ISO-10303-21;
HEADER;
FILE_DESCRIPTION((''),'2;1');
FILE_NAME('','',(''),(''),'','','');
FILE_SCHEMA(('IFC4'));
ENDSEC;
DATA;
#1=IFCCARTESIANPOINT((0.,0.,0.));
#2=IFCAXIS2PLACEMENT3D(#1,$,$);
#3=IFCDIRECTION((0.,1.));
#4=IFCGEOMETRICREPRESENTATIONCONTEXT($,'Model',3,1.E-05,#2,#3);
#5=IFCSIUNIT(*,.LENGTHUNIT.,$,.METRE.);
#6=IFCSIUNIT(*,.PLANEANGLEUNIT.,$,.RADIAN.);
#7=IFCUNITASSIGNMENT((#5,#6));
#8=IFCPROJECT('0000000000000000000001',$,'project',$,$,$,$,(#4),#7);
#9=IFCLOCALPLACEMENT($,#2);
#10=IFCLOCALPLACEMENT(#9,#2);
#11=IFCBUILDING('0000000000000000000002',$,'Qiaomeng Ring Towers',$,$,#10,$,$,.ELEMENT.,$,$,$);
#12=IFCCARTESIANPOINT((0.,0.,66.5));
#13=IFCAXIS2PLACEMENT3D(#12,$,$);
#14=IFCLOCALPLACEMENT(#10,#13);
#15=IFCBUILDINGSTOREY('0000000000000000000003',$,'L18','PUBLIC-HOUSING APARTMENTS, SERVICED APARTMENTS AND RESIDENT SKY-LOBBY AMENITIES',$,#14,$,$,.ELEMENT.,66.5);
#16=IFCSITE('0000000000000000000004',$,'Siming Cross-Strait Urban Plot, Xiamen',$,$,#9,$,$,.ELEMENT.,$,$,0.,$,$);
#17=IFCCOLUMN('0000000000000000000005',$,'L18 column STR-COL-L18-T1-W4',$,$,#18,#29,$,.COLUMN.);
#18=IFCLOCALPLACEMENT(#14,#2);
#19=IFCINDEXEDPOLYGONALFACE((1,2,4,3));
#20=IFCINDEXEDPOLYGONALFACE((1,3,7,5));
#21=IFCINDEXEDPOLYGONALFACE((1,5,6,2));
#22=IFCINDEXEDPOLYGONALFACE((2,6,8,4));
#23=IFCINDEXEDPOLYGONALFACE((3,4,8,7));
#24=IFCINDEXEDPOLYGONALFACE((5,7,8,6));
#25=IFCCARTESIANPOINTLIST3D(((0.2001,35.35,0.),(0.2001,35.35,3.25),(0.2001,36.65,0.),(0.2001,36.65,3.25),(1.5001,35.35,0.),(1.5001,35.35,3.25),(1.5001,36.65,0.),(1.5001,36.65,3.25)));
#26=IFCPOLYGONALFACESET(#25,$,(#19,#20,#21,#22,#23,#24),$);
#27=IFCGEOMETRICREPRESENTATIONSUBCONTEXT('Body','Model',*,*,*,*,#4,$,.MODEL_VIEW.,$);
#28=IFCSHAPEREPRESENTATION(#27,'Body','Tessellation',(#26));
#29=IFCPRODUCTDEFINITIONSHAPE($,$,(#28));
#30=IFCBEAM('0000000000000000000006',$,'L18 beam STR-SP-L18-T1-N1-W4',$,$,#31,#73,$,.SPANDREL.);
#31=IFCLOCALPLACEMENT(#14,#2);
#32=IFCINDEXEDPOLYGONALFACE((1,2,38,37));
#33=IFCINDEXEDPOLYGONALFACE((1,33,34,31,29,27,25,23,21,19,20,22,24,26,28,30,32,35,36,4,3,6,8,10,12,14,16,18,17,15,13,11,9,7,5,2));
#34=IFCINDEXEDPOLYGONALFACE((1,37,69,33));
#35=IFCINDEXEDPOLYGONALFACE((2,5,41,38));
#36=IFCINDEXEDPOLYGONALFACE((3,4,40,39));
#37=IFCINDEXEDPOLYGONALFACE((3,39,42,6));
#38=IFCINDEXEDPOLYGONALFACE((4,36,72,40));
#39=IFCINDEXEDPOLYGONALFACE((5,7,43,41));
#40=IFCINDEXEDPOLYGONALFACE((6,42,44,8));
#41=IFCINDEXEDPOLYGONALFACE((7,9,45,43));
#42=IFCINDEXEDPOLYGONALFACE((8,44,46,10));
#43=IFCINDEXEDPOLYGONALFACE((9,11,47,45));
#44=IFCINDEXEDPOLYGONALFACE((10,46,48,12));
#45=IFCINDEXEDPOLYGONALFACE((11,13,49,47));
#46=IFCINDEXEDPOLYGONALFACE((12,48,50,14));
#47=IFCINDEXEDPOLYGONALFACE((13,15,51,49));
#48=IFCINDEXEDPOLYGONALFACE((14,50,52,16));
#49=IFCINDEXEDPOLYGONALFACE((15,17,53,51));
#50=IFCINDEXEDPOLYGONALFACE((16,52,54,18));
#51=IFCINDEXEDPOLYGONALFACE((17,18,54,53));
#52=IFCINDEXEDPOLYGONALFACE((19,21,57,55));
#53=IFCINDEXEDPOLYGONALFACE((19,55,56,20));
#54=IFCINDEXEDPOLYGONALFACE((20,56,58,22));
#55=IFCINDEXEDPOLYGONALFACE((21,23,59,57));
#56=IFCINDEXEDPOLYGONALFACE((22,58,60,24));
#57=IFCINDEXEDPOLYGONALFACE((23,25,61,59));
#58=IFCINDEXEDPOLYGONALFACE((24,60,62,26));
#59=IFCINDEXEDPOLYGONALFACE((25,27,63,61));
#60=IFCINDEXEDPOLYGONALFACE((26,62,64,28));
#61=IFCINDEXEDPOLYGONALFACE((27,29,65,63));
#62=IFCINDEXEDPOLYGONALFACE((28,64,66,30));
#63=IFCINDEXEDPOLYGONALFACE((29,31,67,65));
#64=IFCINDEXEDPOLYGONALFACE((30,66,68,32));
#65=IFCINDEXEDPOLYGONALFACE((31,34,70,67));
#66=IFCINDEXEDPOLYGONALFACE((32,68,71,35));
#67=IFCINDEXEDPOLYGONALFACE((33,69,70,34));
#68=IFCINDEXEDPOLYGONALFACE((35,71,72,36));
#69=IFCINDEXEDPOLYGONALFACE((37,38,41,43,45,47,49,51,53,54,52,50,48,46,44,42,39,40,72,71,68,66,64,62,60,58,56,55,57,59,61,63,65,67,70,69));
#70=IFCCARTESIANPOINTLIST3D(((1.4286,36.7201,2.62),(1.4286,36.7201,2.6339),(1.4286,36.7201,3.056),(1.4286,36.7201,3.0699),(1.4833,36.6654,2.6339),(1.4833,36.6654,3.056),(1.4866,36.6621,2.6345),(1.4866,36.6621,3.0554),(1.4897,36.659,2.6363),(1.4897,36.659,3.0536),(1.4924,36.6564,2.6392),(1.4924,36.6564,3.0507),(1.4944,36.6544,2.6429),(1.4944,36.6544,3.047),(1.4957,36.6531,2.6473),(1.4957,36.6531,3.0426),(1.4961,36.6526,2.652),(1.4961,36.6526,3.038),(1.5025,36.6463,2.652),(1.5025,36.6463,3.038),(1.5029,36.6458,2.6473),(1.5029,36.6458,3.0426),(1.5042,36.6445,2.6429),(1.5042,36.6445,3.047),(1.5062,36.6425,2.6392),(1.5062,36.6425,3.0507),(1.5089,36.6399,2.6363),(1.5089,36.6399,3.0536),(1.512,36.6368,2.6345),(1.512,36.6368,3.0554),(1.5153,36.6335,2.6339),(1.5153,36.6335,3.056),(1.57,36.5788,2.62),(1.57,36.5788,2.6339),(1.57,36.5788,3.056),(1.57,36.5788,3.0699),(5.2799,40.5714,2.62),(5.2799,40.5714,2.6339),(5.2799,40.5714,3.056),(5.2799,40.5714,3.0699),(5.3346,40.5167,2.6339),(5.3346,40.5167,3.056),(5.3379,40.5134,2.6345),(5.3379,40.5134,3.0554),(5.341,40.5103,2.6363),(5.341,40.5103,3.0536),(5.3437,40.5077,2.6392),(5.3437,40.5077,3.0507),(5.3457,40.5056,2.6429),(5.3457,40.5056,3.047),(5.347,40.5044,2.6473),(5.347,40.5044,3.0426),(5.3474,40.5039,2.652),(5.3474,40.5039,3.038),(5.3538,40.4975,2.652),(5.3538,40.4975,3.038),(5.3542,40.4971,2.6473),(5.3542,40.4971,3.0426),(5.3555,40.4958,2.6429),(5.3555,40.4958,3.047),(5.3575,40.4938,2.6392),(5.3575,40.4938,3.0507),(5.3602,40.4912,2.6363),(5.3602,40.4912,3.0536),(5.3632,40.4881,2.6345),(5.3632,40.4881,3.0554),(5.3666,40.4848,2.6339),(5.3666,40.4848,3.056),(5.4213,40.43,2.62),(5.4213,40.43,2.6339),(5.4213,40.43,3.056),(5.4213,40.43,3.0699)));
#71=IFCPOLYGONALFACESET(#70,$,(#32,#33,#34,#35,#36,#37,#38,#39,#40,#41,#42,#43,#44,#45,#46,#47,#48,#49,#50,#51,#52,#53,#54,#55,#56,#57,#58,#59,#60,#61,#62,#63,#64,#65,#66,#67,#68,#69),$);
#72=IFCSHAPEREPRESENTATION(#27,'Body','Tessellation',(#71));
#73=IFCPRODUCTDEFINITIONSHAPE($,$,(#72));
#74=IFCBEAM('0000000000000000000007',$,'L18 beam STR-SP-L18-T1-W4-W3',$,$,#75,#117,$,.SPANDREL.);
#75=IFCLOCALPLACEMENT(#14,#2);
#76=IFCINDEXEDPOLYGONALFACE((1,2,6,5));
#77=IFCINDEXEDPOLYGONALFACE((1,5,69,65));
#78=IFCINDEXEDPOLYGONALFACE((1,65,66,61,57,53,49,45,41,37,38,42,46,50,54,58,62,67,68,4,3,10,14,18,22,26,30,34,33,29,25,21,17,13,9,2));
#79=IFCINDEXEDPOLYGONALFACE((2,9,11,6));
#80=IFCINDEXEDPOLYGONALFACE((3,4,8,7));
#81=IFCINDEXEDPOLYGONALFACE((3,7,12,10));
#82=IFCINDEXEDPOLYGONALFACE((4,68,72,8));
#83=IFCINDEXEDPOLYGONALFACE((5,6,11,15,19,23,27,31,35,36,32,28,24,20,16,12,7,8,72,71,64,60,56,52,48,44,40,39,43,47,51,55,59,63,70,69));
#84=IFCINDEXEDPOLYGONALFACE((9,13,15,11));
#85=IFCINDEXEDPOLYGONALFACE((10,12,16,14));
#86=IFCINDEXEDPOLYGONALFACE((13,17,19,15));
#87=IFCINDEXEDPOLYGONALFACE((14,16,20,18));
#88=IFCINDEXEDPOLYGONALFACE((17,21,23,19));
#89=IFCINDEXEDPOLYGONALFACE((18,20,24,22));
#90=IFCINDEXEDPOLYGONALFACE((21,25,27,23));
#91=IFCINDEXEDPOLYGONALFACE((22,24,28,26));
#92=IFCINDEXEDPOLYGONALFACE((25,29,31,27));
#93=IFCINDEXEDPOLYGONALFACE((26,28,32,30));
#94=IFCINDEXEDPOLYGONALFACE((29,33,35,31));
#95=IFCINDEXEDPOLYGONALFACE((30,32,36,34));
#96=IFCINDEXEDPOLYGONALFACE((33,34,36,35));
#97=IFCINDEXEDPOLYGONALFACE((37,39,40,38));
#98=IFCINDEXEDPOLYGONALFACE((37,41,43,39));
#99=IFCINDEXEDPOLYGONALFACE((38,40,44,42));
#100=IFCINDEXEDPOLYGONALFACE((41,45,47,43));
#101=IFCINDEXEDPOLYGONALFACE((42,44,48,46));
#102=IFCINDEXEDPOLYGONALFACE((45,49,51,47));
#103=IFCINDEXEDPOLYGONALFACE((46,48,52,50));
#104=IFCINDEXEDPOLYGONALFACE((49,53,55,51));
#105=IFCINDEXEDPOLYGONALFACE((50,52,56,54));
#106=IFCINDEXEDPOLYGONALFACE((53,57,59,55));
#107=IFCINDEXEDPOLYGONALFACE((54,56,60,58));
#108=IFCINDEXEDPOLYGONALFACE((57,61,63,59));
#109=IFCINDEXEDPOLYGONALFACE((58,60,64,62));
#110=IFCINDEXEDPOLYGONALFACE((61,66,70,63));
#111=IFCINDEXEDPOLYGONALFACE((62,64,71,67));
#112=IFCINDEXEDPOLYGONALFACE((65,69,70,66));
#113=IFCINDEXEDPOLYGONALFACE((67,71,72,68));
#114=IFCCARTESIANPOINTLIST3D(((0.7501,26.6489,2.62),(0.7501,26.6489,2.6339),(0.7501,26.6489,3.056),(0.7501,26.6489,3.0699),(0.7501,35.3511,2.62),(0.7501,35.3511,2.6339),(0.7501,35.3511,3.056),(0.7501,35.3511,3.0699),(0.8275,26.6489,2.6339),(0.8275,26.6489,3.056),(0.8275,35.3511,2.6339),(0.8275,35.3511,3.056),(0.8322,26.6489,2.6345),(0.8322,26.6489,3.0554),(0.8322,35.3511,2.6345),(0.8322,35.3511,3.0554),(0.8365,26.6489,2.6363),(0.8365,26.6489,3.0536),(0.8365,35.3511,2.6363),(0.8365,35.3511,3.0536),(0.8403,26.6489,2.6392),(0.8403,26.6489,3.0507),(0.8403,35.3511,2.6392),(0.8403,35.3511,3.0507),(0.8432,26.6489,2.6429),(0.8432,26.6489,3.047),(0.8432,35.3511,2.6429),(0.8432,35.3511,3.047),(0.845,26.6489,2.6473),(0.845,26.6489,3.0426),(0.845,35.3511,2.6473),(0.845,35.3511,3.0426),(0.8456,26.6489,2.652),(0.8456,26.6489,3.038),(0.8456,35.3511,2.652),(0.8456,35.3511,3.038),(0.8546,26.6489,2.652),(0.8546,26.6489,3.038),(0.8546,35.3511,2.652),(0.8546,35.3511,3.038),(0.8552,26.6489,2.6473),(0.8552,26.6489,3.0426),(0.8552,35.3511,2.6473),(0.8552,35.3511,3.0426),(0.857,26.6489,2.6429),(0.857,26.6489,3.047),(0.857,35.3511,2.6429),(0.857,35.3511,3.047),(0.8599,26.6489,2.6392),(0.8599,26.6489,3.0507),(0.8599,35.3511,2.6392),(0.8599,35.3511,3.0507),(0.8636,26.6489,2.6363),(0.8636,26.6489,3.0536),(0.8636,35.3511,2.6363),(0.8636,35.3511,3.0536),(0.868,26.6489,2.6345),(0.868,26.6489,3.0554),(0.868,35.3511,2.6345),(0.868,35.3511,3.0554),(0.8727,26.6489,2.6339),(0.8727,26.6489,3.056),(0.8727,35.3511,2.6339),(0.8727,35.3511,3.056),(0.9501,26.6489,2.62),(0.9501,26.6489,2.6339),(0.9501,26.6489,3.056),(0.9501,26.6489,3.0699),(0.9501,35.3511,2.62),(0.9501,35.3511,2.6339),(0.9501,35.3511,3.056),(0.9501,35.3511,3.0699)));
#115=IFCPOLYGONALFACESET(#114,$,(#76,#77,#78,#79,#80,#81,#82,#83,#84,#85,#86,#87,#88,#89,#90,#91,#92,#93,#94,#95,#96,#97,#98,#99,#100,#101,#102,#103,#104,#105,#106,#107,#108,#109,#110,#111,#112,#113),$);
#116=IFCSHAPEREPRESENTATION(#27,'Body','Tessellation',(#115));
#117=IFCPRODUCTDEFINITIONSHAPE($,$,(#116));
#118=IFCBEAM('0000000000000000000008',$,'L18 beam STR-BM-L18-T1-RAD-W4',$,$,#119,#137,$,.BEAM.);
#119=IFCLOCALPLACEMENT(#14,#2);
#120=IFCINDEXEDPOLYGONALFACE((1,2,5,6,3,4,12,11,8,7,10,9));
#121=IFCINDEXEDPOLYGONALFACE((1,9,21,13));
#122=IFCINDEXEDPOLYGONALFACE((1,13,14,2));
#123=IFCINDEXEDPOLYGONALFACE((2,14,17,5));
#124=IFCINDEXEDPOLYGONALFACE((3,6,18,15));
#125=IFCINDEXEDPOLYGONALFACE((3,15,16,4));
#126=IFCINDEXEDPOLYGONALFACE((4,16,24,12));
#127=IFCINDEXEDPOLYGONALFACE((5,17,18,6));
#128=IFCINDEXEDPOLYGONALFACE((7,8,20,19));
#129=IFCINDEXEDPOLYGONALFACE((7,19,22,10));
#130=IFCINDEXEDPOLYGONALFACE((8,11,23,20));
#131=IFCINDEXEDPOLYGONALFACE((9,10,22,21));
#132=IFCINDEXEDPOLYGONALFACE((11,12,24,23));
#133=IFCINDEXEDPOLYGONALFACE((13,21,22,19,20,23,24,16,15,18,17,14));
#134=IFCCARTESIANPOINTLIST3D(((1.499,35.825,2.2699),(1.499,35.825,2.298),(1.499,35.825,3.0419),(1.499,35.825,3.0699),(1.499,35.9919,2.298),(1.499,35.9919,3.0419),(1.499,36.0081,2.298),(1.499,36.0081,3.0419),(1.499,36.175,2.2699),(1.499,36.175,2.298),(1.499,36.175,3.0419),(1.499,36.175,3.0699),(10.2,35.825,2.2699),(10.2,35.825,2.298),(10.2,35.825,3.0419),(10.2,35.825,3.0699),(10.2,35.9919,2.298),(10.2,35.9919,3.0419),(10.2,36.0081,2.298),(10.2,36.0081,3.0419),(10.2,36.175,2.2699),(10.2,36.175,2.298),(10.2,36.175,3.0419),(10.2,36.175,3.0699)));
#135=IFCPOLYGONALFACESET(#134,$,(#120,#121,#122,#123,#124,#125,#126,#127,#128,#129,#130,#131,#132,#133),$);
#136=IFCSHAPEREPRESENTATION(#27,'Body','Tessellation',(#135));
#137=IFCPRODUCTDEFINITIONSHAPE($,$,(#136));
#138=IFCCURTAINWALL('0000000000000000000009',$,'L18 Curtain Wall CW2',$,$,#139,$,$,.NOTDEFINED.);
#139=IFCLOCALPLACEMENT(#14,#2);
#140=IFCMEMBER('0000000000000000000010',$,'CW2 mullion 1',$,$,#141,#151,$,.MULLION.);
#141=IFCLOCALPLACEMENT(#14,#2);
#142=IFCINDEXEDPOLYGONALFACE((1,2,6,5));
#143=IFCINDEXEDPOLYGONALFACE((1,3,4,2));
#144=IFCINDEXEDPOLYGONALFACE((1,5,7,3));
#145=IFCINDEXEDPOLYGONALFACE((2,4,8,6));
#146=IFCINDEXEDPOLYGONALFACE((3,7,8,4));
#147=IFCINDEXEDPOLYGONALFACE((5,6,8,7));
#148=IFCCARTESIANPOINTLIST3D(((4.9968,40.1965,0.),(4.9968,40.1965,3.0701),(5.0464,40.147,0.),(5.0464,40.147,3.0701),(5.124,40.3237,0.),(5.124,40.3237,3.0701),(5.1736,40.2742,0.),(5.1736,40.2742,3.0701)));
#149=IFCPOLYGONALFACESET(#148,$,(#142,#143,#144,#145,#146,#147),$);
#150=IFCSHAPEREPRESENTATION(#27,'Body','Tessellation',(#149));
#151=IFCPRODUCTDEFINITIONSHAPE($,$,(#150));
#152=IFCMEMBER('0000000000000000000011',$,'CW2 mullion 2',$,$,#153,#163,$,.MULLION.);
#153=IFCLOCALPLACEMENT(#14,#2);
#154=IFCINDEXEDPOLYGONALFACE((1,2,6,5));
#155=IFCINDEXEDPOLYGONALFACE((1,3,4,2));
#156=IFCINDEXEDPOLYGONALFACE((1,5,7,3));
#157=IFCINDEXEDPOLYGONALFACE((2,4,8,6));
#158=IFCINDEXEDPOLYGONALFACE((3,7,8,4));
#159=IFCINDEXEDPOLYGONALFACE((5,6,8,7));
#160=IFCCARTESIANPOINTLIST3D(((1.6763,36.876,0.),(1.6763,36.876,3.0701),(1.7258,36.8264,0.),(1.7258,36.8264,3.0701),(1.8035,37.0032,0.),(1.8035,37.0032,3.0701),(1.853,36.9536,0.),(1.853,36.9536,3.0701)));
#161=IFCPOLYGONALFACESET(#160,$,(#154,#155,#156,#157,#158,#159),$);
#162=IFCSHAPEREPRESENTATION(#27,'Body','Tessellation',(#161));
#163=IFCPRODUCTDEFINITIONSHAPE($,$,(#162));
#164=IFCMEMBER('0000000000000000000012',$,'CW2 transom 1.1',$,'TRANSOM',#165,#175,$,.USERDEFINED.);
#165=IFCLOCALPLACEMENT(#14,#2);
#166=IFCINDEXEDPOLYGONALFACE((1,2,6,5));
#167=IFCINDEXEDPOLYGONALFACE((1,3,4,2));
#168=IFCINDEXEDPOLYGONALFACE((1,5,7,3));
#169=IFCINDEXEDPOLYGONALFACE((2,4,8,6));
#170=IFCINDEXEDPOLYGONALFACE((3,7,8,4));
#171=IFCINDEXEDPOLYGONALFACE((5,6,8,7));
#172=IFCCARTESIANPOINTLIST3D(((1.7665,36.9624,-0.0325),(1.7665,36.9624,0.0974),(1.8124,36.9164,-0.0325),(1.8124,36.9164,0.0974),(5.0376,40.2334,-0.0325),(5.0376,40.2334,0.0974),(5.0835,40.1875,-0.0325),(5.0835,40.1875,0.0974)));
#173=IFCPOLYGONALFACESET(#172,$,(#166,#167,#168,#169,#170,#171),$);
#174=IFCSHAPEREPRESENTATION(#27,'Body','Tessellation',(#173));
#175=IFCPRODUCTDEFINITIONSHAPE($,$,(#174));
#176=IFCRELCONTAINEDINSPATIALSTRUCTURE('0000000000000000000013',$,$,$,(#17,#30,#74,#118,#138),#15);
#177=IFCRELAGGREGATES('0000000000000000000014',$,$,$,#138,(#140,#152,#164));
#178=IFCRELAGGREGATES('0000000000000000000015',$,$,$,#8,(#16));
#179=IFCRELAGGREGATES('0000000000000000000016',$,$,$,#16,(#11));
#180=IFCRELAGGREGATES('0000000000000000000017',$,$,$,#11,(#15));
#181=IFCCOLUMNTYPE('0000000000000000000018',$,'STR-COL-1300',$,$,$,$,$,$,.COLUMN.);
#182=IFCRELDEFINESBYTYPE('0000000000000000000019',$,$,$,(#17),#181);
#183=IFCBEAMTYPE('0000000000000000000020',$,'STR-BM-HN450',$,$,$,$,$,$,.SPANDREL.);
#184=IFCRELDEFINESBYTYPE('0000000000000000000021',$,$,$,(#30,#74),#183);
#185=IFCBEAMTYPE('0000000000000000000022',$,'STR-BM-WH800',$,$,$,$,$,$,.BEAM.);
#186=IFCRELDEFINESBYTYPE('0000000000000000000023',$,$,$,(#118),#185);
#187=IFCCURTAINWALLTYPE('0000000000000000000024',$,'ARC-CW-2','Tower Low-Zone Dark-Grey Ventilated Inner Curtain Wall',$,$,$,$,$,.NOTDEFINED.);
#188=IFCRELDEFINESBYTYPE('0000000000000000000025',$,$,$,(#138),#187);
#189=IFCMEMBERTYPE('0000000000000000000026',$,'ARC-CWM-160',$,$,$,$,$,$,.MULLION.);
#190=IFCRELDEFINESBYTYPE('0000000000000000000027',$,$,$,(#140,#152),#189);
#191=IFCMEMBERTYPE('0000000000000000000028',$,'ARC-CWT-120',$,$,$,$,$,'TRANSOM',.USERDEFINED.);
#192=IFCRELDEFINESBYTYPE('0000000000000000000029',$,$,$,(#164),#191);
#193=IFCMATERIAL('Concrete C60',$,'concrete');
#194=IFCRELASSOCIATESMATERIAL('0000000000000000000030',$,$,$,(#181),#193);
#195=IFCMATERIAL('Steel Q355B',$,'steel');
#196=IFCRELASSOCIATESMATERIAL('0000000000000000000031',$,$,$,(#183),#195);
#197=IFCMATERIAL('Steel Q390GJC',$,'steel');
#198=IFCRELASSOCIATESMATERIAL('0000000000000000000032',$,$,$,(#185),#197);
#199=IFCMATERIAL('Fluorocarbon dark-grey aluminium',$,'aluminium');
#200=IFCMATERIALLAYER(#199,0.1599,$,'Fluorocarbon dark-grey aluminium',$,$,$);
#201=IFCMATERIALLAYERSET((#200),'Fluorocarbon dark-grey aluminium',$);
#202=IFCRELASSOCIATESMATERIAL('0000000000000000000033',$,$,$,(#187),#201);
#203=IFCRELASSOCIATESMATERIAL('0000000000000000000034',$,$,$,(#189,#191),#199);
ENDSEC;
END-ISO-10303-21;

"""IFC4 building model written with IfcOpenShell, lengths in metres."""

from ifc_helpers import new_model, si_unit, direction, frame, origin, origin_2d, place, context, subcontext, project, spatial, rectangle, i_section, extrude, source, transform, mapped, material, layer, layer_set, material_profile, profile_set, type_object, element, aggregate, save


model = new_model("IFC4")

# Units and contexts
model_context = context("Model", 3, precision=1e-05, world=origin(), true_north=direction((0.0, 1.0)))
body_context = subcontext(model_context, "Body", "Model", "MODEL_VIEW")
ifc_project = project(units=[si_unit("LENGTHUNIT", "METRE"), si_unit("PLANEANGLEUNIT", "RADIAN")], contexts=[model_context])

# Site, building, storey
site_placement = place(None, origin())
site = spatial("IfcSite", under=ifc_project, at=site_placement, Name="Siming Cross-Strait Urban Plot, Xiamen", CompositionType="ELEMENT", RefElevation=0.0)
building_placement = place(site_placement, origin())
building = spatial("IfcBuilding", under=site, at=building_placement, Name="Qiaomeng Ring Towers", CompositionType="ELEMENT")
storey_placement = place(building_placement, frame((0.0, 0.0, 66.5)))
storey = spatial("IfcBuildingStorey", under=building, at=storey_placement, Name="L18", Description="PUBLIC-HOUSING APARTMENTS, SERVICED APARTMENTS AND RESIDENT SKY-LOBBY AMENITIES", CompositionType="ELEMENT", Elevation=66.5)

# Column
ifc_material_1 = material(Name="Concrete C60", Category="concrete")
ifc_material_profile_1 = material_profile(ifc_material_1, rectangle(XDim=1.3, YDim=1.3, at=origin_2d()), Name="RC COL 1300x1300")
ifc_profile_set_1 = profile_set([ifc_material_profile_1], Name="Concrete C60")
column_type = type_object("IfcColumnType", Name="STR-COL-1300", PredefinedType="COLUMN", material=ifc_profile_set_1)
shared_shape_1 = source(origin(), body_context, "Body", "SweptSolid", [
    extrude(rectangle(XDim=1.3, YDim=1.3, at=origin_2d()), origin(), (0.0, 0.0, 1.0), 3.25),
])
column_placement = place(storey_placement, frame((0.8501, 36.0, 0.0), z_axis=(0.0, 0.0, 1.0), x_axis=(1.0, 0.0, 0.0)))
element("IfcColumn", 1, at=column_placement, inside=storey, type_object=column_type, Name="L18 column STR-COL-L18-T1-W4", PredefinedType="COLUMN", context=body_context, shape_type="MappedRepresentation", body=[
    mapped(shared_shape_1, transform((0.0, 0.0, 0.0), x_axis=(1.0, 0.0, 0.0), y_axis=(0.0, 1.0, 0.0), z_axis=(0.0, 0.0, 1.0), scale=1.0)),
])

# Beams
ifc_material_2 = material(Name="Steel Q355B", Category="steel")
ifc_material_profile_2 = material_profile(ifc_material_2, i_section(OverallWidth=0.2, OverallDepth=0.45, WebThickness=0.009, FlangeThickness=0.0139, FilletRadius=0.0181, at=origin_2d()), Name="HN 450x200x9x14")
ifc_profile_set_2 = profile_set([ifc_material_profile_2], Name="Steel Q355B")
beam_type_1 = type_object("IfcBeamType", Name="STR-BM-HN450", PredefinedType="SPANDREL", material=ifc_profile_set_2)
shared_shape_2 = source(origin(), body_context, "Body", "SweptSolid", [
    extrude(i_section(OverallWidth=0.2, OverallDepth=0.45, WebThickness=0.009, FlangeThickness=0.0139, FilletRadius=0.0181, at=origin_2d()), origin(), (0.0, 0.0, 1.0), 5.4465),
])
beam_1_placement = place(storey_placement, frame((5.3506, 40.5007, 2.845), z_axis=(-0.707107, -0.707107, 0.0), x_axis=(0.707107, -0.707107, 0.0)))
element("IfcBeam", 2, at=beam_1_placement, inside=storey, type_object=beam_type_1, Name="L18 beam STR-SP-L18-T1-N1-W4", PredefinedType="SPANDREL", context=body_context, shape_type="MappedRepresentation", body=[
    mapped(shared_shape_2, transform((0.0, 0.0, 0.0), x_axis=(1.0, 0.0, 0.0), y_axis=(0.0, 1.0, 0.0), z_axis=(0.0, 0.0, 1.0), scale=1.0)),
])
shared_shape_3 = source(origin(), body_context, "Body", "SweptSolid", [
    extrude(i_section(OverallWidth=0.2, OverallDepth=0.45, WebThickness=0.009, FlangeThickness=0.0139, FilletRadius=0.0181, at=origin_2d()), origin(), (0.0, 0.0, 1.0), 8.7021),
])
beam_2_placement = place(storey_placement, frame((0.8501, 35.3511, 2.845), z_axis=(0.0, -1.0, 0.0), x_axis=(1.0, 0.0, 0.0)))
element("IfcBeam", 3, at=beam_2_placement, inside=storey, type_object=beam_type_1, Name="L18 beam STR-SP-L18-T1-W4-W3", PredefinedType="SPANDREL", context=body_context, shape_type="MappedRepresentation", body=[
    mapped(shared_shape_3, transform((0.0, 0.0, 0.0), x_axis=(1.0, 0.0, 0.0), y_axis=(0.0, 1.0, 0.0), z_axis=(0.0, 0.0, 1.0), scale=1.0)),
])
ifc_material_3 = material(Name="Steel Q390GJC", Category="steel")
ifc_material_profile_3 = material_profile(ifc_material_3, i_section(OverallWidth=0.3501, OverallDepth=0.8, WebThickness=0.0161, FlangeThickness=0.0281, at=origin_2d()), Name="WH 800x350x16x28")
ifc_profile_set_3 = profile_set([ifc_material_profile_3], Name="Steel Q390GJC")
beam_type_2 = type_object("IfcBeamType", Name="STR-BM-WH800", PredefinedType="BEAM", material=ifc_profile_set_3)
shared_shape_4 = source(origin(), body_context, "Body", "SweptSolid", [
    extrude(i_section(OverallWidth=0.3501, OverallDepth=0.8, WebThickness=0.0161, FlangeThickness=0.0281, at=origin_2d()), origin(), (0.0, 0.0, 1.0), 8.7009),
])
beam_3_placement = place(storey_placement, frame((1.499, 36.0, 2.6699), z_axis=(1.0, 0.0, 0.0), x_axis=(0.0, 1.0, 0.0)))
element("IfcBeam", 4, at=beam_3_placement, inside=storey, type_object=beam_type_2, Name="L18 beam STR-BM-L18-T1-RAD-W4", PredefinedType="BEAM", context=body_context, shape_type="MappedRepresentation", body=[
    mapped(shared_shape_4, transform((0.0, 0.0, 0.0), x_axis=(1.0, 0.0, 0.0), y_axis=(0.0, 1.0, 0.0), z_axis=(0.0, 0.0, 1.0), scale=1.0)),
])

# Curtain wall, members
ifc_material_4 = material(Name="Fluorocarbon dark-grey aluminium", Category="aluminium")
ifc_layer_1 = layer(ifc_material_4, 0.1599, Name="Fluorocarbon dark-grey aluminium")
ifc_layer_set_1 = layer_set([ifc_layer_1], Name="Fluorocarbon dark-grey aluminium")
curtain_wall_type = type_object("IfcCurtainWallType", Name="ARC-CW-2", Description="Tower Low-Zone Dark-Grey Ventilated Inner Curtain Wall", PredefinedType="NOTDEFINED", material=ifc_layer_set_1)
curtain_wall_placement = place(storey_placement, origin())
curtain_wall = element("IfcCurtainWall", 5, at=curtain_wall_placement, inside=storey, type_object=curtain_wall_type, Name="L18 Curtain Wall CW2", PredefinedType="NOTDEFINED")
ifc_material_profile_4 = material_profile(ifc_material_4, rectangle(XDim=0.0701, YDim=0.1799, at=origin_2d()), Name="ALU MULL 70x180")
ifc_profile_set_4 = profile_set([ifc_material_profile_4], Name="Fluorocarbon dark-grey aluminium")
member_type_1 = type_object("IfcMemberType", Name="ARC-CWM-160", PredefinedType="MULLION", material=ifc_profile_set_4)
shared_shape_5 = source(origin(), body_context, "Body", "SweptSolid", [
    extrude(rectangle(XDim=0.0701, YDim=0.1799, at=origin_2d()), origin(), (0.0, 0.0, 1.0), 3.0701),
])
member_1_placement = place(storey_placement, frame((5.0852, 40.2354, 0.0), z_axis=(0.0, 0.0, 1.0), x_axis=(0.707107, -0.707107, 0.0)))
member_1 = element("IfcMember", 6, at=member_1_placement, type_object=member_type_1, Name="CW2 mullion 1", PredefinedType="MULLION", context=body_context, shape_type="MappedRepresentation", body=[
    mapped(shared_shape_5, transform((0.0, 0.0, 0.0), x_axis=(1.0, 0.0, 0.0), y_axis=(0.0, 1.0, 0.0), z_axis=(0.0, 0.0, 1.0), scale=1.0)),
])
member_2_placement = place(storey_placement, frame((1.7646, 36.9148, 0.0), z_axis=(0.0, 0.0, 1.0), x_axis=(0.707107, -0.707107, 0.0)))
member_2 = element("IfcMember", 7, at=member_2_placement, type_object=member_type_1, Name="CW2 mullion 2", PredefinedType="MULLION", context=body_context, shape_type="MappedRepresentation", body=[
    mapped(shared_shape_5, transform((0.0, 0.0, 0.0), x_axis=(1.0, 0.0, 0.0), y_axis=(0.0, 1.0, 0.0), z_axis=(0.0, 0.0, 1.0), scale=1.0)),
])
ifc_material_profile_5 = material_profile(ifc_material_4, rectangle(XDim=0.0649, YDim=0.1299, at=origin_2d()), Name="ALU TRAN 65x130")
ifc_profile_set_5 = profile_set([ifc_material_profile_5], Name="Fluorocarbon dark-grey aluminium")
member_type_2 = type_object("IfcMemberType", Name="ARC-CWT-120", ElementType="TRANSOM", PredefinedType="USERDEFINED", material=ifc_profile_set_5)
shared_shape_6 = source(origin(), body_context, "Body", "SweptSolid", [
    extrude(rectangle(XDim=0.0649, YDim=0.1299, at=origin_2d()), origin(), (0.0, 0.0, 1.0), 4.626),
])
member_3_placement = place(storey_placement, frame((5.0605, 40.2104, 0.0325), z_axis=(-0.707107, -0.707107, 0.0), x_axis=(0.707107, -0.707107, 0.0)))
member_3 = element("IfcMember", 8, at=member_3_placement, type_object=member_type_2, Name="CW2 transom 1.1", ObjectType="TRANSOM", PredefinedType="USERDEFINED", context=body_context, shape_type="MappedRepresentation", body=[
    mapped(shared_shape_6, transform((0.0, 0.0, 0.0), x_axis=(1.0, 0.0, 0.0), y_axis=(0.0, 1.0, 0.0), z_axis=(0.0, 0.0, 1.0), scale=1.0)),
])
aggregate(curtain_wall, [member_1, member_2, member_3])

save(model, "model.ifc")
